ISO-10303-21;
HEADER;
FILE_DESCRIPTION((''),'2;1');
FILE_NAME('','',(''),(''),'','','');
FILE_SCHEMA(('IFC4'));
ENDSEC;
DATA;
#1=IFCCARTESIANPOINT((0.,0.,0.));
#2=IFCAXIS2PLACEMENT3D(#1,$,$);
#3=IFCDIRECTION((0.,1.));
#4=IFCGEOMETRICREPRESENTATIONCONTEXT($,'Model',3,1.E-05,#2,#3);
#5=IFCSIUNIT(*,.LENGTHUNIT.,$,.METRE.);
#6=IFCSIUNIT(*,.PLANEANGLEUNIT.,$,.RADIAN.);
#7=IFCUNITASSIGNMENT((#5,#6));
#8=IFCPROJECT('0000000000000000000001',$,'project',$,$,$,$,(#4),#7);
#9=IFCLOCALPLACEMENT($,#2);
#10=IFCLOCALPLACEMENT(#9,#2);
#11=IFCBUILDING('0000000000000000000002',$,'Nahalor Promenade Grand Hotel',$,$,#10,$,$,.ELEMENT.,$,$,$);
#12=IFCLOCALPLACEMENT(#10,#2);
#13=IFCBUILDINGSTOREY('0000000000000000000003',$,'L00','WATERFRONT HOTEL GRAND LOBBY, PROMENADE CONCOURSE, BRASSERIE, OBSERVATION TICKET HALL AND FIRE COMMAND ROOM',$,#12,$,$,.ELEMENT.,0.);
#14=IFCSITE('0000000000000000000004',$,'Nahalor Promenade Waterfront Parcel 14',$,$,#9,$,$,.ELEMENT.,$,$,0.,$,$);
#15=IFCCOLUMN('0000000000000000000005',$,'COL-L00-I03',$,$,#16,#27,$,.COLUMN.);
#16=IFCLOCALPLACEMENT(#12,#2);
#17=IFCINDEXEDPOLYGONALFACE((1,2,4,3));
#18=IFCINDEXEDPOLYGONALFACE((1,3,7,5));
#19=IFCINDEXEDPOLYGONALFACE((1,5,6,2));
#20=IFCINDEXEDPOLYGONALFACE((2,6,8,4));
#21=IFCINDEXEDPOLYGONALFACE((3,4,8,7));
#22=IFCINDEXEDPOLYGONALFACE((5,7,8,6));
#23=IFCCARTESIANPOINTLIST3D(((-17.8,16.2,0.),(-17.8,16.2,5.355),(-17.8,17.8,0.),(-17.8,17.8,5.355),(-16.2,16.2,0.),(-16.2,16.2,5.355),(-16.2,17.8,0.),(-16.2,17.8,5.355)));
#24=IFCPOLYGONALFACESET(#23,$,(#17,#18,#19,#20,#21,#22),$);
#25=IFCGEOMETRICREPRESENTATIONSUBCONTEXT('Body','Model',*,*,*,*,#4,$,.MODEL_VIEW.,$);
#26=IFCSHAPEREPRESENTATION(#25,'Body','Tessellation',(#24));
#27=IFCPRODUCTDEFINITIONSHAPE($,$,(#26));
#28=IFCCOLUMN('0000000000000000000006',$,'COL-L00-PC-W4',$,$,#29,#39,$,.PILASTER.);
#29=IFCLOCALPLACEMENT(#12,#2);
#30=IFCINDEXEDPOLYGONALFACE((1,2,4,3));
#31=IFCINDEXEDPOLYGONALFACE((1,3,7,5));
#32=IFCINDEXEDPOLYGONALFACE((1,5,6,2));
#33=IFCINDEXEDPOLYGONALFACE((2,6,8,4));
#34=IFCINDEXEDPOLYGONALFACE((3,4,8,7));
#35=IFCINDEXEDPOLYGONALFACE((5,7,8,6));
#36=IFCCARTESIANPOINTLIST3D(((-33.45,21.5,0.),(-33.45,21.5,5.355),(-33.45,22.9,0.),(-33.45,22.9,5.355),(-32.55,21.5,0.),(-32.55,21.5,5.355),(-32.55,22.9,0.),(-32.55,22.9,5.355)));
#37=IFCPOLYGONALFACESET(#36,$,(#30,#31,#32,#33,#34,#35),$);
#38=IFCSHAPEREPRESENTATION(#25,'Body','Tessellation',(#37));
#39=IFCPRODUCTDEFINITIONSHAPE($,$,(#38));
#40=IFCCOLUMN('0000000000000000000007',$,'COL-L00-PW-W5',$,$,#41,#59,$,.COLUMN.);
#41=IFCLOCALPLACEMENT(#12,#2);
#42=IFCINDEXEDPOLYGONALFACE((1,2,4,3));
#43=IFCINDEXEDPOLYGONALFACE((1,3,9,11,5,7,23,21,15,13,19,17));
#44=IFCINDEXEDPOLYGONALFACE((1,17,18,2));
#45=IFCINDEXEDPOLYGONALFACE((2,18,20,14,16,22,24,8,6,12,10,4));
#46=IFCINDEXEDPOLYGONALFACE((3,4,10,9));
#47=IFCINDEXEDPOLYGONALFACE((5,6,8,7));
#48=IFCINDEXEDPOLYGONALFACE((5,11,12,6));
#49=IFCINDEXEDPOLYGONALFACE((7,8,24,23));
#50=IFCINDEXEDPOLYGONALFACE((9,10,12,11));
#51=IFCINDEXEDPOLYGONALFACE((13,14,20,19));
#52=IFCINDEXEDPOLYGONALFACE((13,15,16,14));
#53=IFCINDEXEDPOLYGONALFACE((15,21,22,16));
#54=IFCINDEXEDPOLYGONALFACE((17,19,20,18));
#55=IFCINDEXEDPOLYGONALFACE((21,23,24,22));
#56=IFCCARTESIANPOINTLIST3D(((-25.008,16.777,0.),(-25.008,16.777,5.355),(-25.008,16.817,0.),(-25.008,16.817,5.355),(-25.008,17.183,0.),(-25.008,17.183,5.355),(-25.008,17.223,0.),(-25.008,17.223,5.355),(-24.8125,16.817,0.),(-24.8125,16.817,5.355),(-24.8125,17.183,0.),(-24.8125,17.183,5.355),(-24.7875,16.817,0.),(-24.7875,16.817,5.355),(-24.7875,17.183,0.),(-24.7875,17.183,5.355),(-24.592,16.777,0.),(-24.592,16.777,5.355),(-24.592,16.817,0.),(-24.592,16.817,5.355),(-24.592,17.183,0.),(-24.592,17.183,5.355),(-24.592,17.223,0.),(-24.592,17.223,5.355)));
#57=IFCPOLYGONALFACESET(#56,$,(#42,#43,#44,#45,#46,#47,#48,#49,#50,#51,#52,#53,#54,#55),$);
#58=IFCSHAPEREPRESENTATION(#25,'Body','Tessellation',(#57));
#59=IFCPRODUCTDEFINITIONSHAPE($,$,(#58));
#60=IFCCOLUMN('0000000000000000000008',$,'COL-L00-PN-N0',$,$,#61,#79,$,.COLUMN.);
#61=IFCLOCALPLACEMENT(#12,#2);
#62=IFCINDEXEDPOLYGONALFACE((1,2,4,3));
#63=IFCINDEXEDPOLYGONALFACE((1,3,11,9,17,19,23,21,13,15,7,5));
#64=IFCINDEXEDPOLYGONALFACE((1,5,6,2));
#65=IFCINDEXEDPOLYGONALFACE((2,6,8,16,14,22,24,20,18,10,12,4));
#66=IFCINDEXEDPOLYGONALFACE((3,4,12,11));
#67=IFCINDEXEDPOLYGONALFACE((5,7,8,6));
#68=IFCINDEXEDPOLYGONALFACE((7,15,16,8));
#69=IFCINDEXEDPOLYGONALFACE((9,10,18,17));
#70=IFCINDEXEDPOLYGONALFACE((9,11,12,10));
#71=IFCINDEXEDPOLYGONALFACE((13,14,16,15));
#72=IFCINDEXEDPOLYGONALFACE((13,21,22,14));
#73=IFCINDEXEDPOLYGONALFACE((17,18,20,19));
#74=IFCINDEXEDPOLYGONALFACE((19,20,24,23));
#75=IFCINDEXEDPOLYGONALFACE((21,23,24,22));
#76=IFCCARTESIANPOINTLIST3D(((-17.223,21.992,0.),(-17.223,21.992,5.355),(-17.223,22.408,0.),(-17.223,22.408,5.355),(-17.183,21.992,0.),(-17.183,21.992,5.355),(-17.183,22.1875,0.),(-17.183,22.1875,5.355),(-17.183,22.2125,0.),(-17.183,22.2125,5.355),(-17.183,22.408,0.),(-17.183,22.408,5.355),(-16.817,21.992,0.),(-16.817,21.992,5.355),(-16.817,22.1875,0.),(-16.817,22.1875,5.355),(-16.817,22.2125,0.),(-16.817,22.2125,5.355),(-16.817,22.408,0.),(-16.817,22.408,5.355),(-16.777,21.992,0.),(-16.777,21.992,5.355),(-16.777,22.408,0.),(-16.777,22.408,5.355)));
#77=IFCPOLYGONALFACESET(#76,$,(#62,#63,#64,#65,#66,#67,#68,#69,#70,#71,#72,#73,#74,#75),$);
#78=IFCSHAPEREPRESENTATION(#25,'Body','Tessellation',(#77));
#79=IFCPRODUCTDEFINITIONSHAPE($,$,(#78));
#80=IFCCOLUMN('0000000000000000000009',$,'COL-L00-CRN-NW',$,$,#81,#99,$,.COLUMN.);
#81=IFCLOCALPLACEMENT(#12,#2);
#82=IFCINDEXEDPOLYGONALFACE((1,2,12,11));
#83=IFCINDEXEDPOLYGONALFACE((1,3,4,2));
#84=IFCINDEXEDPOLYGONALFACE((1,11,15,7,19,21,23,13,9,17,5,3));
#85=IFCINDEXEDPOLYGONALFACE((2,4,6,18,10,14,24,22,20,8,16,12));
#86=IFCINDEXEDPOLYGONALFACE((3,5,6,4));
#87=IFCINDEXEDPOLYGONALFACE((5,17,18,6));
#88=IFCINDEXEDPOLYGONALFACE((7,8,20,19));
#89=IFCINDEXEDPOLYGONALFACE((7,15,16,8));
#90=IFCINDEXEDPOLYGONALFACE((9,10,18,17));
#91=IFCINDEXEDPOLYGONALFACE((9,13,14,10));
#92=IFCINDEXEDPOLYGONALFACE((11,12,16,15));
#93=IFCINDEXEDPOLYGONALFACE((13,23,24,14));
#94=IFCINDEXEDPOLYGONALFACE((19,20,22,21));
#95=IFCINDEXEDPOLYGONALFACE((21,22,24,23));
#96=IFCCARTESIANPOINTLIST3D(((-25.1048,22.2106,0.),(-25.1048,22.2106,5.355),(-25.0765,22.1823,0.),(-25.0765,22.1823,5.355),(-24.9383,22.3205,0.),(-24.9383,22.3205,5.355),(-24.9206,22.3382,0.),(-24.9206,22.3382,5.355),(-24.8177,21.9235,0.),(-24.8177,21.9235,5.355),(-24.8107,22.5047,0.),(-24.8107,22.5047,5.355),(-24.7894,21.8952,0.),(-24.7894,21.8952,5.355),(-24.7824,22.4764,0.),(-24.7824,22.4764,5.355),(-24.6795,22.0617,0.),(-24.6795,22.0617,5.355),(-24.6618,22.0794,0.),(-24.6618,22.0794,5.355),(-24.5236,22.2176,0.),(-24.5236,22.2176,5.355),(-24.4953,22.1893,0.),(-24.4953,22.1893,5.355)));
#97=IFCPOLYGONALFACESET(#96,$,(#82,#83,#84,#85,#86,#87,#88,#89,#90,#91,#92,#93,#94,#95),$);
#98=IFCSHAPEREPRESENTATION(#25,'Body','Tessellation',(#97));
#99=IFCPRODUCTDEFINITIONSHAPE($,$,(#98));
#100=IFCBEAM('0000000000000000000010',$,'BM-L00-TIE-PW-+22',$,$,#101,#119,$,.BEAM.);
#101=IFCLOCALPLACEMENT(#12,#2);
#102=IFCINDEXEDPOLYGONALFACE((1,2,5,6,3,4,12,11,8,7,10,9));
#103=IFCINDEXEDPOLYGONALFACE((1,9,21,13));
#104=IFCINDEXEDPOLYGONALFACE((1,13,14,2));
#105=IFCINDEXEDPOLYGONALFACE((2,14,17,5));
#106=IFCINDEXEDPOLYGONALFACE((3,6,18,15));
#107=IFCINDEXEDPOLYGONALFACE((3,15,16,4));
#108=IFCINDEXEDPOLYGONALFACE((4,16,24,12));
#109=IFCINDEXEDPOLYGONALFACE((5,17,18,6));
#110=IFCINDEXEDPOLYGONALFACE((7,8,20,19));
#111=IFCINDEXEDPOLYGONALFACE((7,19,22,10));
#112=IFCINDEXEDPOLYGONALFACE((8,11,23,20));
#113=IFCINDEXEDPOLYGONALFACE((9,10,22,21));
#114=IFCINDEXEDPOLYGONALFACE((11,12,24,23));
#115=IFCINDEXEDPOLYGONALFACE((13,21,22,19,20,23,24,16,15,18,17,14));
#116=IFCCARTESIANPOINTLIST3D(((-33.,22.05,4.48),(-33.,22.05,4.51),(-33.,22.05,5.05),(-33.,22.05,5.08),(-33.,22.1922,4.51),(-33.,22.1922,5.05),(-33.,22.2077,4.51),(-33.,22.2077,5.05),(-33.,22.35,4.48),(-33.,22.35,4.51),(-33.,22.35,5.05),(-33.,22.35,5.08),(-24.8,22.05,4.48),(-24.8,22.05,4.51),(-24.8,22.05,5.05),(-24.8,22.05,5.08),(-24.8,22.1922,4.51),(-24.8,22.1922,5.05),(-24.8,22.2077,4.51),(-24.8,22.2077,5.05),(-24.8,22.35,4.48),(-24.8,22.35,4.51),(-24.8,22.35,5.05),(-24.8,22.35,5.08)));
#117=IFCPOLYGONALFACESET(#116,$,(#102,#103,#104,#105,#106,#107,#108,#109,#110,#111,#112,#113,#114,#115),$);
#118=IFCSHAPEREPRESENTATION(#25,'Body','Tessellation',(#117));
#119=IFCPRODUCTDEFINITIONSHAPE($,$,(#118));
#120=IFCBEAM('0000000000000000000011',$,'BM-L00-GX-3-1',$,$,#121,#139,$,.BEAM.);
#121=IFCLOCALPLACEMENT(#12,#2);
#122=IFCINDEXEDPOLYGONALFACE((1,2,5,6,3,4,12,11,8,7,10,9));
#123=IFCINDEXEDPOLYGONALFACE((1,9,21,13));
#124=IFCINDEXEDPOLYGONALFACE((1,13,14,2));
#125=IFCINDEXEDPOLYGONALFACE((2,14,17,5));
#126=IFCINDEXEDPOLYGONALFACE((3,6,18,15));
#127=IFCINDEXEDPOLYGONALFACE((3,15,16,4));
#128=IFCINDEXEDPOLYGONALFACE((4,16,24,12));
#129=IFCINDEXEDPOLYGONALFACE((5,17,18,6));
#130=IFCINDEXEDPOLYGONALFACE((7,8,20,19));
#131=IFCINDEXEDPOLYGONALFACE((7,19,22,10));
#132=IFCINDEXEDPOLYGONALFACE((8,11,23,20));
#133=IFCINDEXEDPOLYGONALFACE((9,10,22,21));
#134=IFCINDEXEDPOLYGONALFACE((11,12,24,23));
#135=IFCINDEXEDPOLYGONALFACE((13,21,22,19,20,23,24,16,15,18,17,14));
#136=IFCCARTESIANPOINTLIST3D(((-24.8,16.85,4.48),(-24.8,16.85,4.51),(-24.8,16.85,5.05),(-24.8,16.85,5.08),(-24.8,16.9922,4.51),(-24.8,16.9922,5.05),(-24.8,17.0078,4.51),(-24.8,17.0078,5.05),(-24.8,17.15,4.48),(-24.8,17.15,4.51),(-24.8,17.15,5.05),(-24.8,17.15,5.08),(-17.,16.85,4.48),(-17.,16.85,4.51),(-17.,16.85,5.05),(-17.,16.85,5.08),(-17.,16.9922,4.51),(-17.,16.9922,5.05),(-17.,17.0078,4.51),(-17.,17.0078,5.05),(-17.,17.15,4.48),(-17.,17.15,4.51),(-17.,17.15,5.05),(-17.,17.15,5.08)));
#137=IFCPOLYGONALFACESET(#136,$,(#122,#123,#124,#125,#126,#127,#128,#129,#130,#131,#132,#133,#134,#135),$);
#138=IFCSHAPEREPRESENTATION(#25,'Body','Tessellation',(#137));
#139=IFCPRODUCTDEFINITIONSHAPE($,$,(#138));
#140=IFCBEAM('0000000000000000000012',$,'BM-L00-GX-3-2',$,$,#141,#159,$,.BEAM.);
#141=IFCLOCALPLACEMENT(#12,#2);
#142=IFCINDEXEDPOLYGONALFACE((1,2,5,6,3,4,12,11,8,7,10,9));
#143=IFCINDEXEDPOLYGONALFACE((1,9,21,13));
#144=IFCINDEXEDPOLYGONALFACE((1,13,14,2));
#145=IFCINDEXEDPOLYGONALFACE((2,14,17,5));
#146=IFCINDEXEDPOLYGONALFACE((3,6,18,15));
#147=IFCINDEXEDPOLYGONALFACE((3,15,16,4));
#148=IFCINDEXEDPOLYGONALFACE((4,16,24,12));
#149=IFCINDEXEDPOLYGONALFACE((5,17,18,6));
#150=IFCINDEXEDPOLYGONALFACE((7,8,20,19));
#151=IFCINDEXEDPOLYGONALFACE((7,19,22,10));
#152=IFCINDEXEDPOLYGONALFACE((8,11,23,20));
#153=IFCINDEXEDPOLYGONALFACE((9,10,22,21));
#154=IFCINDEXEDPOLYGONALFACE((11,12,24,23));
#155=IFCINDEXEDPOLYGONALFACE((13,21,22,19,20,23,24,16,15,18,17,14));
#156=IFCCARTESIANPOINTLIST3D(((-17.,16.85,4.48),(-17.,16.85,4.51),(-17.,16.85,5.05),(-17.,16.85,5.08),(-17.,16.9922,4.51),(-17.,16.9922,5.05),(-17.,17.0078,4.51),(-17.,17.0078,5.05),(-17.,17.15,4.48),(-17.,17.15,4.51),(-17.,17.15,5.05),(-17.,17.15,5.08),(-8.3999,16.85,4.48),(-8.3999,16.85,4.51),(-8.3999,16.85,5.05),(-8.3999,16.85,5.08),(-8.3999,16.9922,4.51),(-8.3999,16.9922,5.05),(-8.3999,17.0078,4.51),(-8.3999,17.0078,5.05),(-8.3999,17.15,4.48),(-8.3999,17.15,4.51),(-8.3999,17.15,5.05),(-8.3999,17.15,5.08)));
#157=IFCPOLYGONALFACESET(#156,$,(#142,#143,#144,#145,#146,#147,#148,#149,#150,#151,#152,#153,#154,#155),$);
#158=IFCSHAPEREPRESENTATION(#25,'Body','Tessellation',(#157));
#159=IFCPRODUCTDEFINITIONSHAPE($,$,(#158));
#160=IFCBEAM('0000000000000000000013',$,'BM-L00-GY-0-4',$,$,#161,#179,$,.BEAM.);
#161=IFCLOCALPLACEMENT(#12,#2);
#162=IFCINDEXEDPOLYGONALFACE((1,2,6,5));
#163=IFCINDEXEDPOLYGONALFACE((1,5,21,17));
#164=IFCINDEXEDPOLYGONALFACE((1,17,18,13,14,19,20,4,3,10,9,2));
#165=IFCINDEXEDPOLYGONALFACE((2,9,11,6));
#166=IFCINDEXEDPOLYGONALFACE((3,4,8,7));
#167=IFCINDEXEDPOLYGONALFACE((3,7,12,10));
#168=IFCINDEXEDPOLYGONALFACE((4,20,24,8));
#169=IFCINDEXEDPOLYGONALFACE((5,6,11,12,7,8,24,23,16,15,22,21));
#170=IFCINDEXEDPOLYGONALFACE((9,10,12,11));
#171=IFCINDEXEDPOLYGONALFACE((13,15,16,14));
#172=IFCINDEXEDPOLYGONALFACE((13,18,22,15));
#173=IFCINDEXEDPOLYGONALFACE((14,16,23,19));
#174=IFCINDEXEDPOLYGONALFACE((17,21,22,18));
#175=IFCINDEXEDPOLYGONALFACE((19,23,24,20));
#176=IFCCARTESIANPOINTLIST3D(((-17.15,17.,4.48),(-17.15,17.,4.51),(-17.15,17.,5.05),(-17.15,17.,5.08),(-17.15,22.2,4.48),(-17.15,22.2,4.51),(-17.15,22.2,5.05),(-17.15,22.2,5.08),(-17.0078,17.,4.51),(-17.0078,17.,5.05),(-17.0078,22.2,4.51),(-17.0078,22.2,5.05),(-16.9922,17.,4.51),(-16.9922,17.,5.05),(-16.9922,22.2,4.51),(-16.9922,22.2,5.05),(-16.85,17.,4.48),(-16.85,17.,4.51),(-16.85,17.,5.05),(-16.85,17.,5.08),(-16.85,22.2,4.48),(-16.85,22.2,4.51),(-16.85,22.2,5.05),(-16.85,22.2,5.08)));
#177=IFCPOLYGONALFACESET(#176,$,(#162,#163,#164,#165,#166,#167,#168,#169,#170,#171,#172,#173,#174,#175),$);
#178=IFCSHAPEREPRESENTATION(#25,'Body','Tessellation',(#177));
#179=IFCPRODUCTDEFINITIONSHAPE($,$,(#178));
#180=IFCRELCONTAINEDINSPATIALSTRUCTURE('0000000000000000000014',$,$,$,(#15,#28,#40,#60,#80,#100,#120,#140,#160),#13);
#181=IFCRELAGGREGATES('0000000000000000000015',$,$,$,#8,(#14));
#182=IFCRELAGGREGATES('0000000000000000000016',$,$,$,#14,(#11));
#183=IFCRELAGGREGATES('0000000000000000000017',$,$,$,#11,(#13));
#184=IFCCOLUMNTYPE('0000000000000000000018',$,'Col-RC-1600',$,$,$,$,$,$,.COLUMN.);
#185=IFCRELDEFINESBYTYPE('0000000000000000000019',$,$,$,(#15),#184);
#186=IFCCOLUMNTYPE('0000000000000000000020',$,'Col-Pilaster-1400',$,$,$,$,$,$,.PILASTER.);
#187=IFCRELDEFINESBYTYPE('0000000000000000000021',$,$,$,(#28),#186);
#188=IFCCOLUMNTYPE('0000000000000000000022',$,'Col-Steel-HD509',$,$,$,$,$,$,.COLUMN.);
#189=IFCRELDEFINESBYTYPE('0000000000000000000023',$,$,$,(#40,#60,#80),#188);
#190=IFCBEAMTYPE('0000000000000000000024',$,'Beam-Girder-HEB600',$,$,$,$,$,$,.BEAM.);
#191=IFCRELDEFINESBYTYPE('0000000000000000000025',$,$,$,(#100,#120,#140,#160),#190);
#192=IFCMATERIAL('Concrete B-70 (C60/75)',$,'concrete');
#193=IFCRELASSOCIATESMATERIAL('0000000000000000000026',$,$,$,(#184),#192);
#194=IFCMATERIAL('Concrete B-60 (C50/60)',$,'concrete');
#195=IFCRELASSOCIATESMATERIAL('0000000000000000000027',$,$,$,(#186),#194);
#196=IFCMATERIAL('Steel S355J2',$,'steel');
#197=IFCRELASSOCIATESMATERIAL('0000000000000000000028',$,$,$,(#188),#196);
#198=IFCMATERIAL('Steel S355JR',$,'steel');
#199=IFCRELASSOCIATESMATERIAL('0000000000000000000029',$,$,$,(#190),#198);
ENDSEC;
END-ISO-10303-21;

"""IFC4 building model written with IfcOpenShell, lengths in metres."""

from ifc_helpers import new_model, si_unit, direction, frame, origin, origin_2d, place, context, subcontext, project, spatial, rectangle, i_section, extrude, source, transform, mapped, material, material_profile, profile_set, type_object, element, save


model = new_model("IFC4")

# Units and contexts
model_context = context("Model", 3, precision=1e-05, world=origin(), true_north=direction((0.0, 1.0)))
body_context = subcontext(model_context, "Body", "Model", "MODEL_VIEW")
ifc_project = project(units=[si_unit("LENGTHUNIT", "METRE"), si_unit("PLANEANGLEUNIT", "RADIAN")], contexts=[model_context])

# Site, building, storey
site_placement = place(None, origin())
site = spatial("IfcSite", under=ifc_project, at=site_placement, Name="Nahalor Promenade Waterfront Parcel 14", CompositionType="ELEMENT", RefElevation=0.0)
building_placement = place(site_placement, origin())
building = spatial("IfcBuilding", under=site, at=building_placement, Name="Nahalor Promenade Grand Hotel", CompositionType="ELEMENT")
storey_placement = place(building_placement, origin())
storey = spatial("IfcBuildingStorey", under=building, at=storey_placement, Name="L00", Description="WATERFRONT HOTEL GRAND LOBBY, PROMENADE CONCOURSE, BRASSERIE, OBSERVATION TICKET HALL AND FIRE COMMAND ROOM", CompositionType="ELEMENT", Elevation=0.0)

# Columns
ifc_material_1 = material(Name="Concrete B-70 (C60/75)", Category="concrete")
ifc_material_profile_1 = material_profile(ifc_material_1, rectangle(XDim=1.6, YDim=1.6, at=origin_2d()), Name="RC 1600x1600")
ifc_profile_set_1 = profile_set([ifc_material_profile_1], Name="Concrete B-70 (C60/75)")
column_type_1 = type_object("IfcColumnType", Name="Col-RC-1600", PredefinedType="COLUMN", material=ifc_profile_set_1)
shared_shape_1 = source(origin(), body_context, "Body", "SweptSolid", [
    extrude(rectangle(XDim=1.6, YDim=1.6, at=origin_2d()), origin(), (0.0, 0.0, 1.0), 5.355),
])
column_1_placement = place(storey_placement, frame((-17.0, 17.0, 0.0), z_axis=(0.0, 0.0, 1.0), x_axis=(1.0, 0.0, 0.0)))
element("IfcColumn", 1, at=column_1_placement, inside=storey, type_object=column_type_1, Name="COL-L00-I03", PredefinedType="COLUMN", context=body_context, shape_type="MappedRepresentation", body=[
    mapped(shared_shape_1, transform((0.0, 0.0, 0.0), scale=1.0)),
])
ifc_material_2 = material(Name="Concrete B-60 (C50/60)", Category="concrete")
ifc_material_profile_2 = material_profile(ifc_material_2, rectangle(XDim=0.9, YDim=1.4, at=origin_2d()), Name="RC 900x1400")
ifc_profile_set_2 = profile_set([ifc_material_profile_2], Name="Concrete B-60 (C50/60)")
column_type_2 = type_object("IfcColumnType", Name="Col-Pilaster-1400", PredefinedType="PILASTER", material=ifc_profile_set_2)
shared_shape_2 = source(origin(), body_context, "Body", "SweptSolid", [
    extrude(rectangle(XDim=0.9, YDim=1.4, at=origin_2d()), origin(), (0.0, 0.0, 1.0), 5.355),
])
column_2_placement = place(storey_placement, frame((-33.0, 22.2, 0.0), z_axis=(0.0, 0.0, 1.0), x_axis=(1.0, 0.0, 0.0)))
element("IfcColumn", 2, at=column_2_placement, inside=storey, type_object=column_type_2, Name="COL-L00-PC-W4", PredefinedType="PILASTER", context=body_context, shape_type="MappedRepresentation", body=[
    mapped(shared_shape_2, transform((0.0, 0.0, 0.0), scale=1.0)),
])
ifc_material_3 = material(Name="Steel S355J2", Category="steel")
ifc_material_profile_3 = material_profile(ifc_material_3, i_section(OverallWidth=0.416, OverallDepth=0.446, WebThickness=0.025, FlangeThickness=0.04, at=origin_2d()), Name="HD 400x509")
ifc_profile_set_3 = profile_set([ifc_material_profile_3], Name="Steel S355J2")
column_type_3 = type_object("IfcColumnType", Name="Col-Steel-HD509", PredefinedType="COLUMN", material=ifc_profile_set_3)
shared_shape_3 = source(origin(), body_context, "Body", "SweptSolid", [
    extrude(i_section(OverallWidth=0.416, OverallDepth=0.446, WebThickness=0.025, FlangeThickness=0.04, at=origin_2d()), origin(), (0.0, 0.0, 1.0), 5.355),
])
for number, where, z_axis, x_axis, name in (
    (3, (-24.8, 17.0, 0.0), (0.0, 0.0, 1.0), (1.0, 0.0, 0.0), "COL-L00-PW-W5"),
    (4, (-17.0, 22.2, 0.0), (0.0, 0.0, 1.0), (0.0, 1.0, 0.0), "COL-L00-PN-N0"),
    (5, (-24.8, 22.2, 0.0), (0.0, 0.0, 1.0), (0.707107, 0.707107, 0.0), "COL-L00-CRN-NW"),
):
    element("IfcColumn", number, at=place(storey_placement, frame(where, z_axis=z_axis, x_axis=x_axis)), inside=storey, type_object=column_type_3, Name=name, PredefinedType="COLUMN", context=body_context, shape_type="MappedRepresentation", body=[
        mapped(shared_shape_3, transform((0.0, 0.0, 0.0), scale=1.0)),
    ])

# Beams
ifc_material_4 = material(Name="Steel S355JR", Category="steel")
ifc_material_profile_4 = material_profile(ifc_material_4, i_section(OverallWidth=0.3, OverallDepth=0.6, WebThickness=0.0155, FlangeThickness=0.03, at=origin_2d()), Name="HEB 600")
ifc_profile_set_4 = profile_set([ifc_material_profile_4], Name="Steel S355JR")
beam_type_1 = type_object("IfcBeamType", Name="Beam-Girder-HEB600", PredefinedType="BEAM", material=ifc_profile_set_4)
shared_shape_4 = source(origin(), body_context, "Body", "SweptSolid", [
    extrude(i_section(OverallWidth=0.3, OverallDepth=0.6, WebThickness=0.0155, FlangeThickness=0.03, at=origin_2d()), origin(), (0.0, 0.0, 1.0), 8.2),
])
beam_1_placement = place(storey_placement, frame((-24.8, 22.2, 4.78), z_axis=(-1.0, 0.0, 0.0), x_axis=(0.0, -1.0, 0.0)))
element("IfcBeam", 6, at=beam_1_placement, inside=storey, type_object=beam_type_1, Name="BM-L00-TIE-PW-+22", PredefinedType="BEAM", context=body_context, shape_type="MappedRepresentation", body=[
    mapped(shared_shape_4, transform((0.0, 0.0, 0.0), scale=1.0)),
])
shared_shape_5 = source(origin(), body_context, "Body", "SweptSolid", [
    extrude(i_section(OverallWidth=0.3, OverallDepth=0.6, WebThickness=0.0155, FlangeThickness=0.03, at=origin_2d()), origin(), (0.0, 0.0, 1.0), 7.8),
])
beam_2_placement = place(storey_placement, frame((-24.8, 17.0, 4.78), z_axis=(1.0, 0.0, 0.0), x_axis=(0.0, 1.0, 0.0)))
element("IfcBeam", 7, at=beam_2_placement, inside=storey, type_object=beam_type_1, Name="BM-L00-GX-3-1", PredefinedType="BEAM", context=body_context, shape_type="MappedRepresentation", body=[
    mapped(shared_shape_5, transform((0.0, 0.0, 0.0), scale=1.0)),
])
shared_shape_6 = source(origin(), body_context, "Body", "SweptSolid", [
    extrude(i_section(OverallWidth=0.3, OverallDepth=0.6, WebThickness=0.0155, FlangeThickness=0.03, at=origin_2d()), origin(), (0.0, 0.0, 1.0), 8.6001),
])
beam_3_placement = place(storey_placement, frame((-17.0, 17.0, 4.78), z_axis=(1.0, 0.0, 0.0), x_axis=(0.0, 1.0, 0.0)))
element("IfcBeam", 8, at=beam_3_placement, inside=storey, type_object=beam_type_1, Name="BM-L00-GX-3-2", PredefinedType="BEAM", context=body_context, shape_type="MappedRepresentation", body=[
    mapped(shared_shape_6, transform((0.0, 0.0, 0.0), scale=1.0)),
])
shared_shape_7 = source(origin(), body_context, "Body", "SweptSolid", [
    extrude(i_section(OverallWidth=0.3, OverallDepth=0.6, WebThickness=0.0155, FlangeThickness=0.03, at=origin_2d()), origin(), (0.0, 0.0, 1.0), 5.2),
])
beam_4_placement = place(storey_placement, frame((-17.0, 17.0, 4.78), z_axis=(0.0, 1.0, 0.0), x_axis=(-1.0, 0.0, 0.0)))
element("IfcBeam", 9, at=beam_4_placement, inside=storey, type_object=beam_type_1, Name="BM-L00-GY-0-4", PredefinedType="BEAM", context=body_context, shape_type="MappedRepresentation", body=[
    mapped(shared_shape_7, transform((0.0, 0.0, 0.0), scale=1.0)),
])

save(model, "model.ifc")
